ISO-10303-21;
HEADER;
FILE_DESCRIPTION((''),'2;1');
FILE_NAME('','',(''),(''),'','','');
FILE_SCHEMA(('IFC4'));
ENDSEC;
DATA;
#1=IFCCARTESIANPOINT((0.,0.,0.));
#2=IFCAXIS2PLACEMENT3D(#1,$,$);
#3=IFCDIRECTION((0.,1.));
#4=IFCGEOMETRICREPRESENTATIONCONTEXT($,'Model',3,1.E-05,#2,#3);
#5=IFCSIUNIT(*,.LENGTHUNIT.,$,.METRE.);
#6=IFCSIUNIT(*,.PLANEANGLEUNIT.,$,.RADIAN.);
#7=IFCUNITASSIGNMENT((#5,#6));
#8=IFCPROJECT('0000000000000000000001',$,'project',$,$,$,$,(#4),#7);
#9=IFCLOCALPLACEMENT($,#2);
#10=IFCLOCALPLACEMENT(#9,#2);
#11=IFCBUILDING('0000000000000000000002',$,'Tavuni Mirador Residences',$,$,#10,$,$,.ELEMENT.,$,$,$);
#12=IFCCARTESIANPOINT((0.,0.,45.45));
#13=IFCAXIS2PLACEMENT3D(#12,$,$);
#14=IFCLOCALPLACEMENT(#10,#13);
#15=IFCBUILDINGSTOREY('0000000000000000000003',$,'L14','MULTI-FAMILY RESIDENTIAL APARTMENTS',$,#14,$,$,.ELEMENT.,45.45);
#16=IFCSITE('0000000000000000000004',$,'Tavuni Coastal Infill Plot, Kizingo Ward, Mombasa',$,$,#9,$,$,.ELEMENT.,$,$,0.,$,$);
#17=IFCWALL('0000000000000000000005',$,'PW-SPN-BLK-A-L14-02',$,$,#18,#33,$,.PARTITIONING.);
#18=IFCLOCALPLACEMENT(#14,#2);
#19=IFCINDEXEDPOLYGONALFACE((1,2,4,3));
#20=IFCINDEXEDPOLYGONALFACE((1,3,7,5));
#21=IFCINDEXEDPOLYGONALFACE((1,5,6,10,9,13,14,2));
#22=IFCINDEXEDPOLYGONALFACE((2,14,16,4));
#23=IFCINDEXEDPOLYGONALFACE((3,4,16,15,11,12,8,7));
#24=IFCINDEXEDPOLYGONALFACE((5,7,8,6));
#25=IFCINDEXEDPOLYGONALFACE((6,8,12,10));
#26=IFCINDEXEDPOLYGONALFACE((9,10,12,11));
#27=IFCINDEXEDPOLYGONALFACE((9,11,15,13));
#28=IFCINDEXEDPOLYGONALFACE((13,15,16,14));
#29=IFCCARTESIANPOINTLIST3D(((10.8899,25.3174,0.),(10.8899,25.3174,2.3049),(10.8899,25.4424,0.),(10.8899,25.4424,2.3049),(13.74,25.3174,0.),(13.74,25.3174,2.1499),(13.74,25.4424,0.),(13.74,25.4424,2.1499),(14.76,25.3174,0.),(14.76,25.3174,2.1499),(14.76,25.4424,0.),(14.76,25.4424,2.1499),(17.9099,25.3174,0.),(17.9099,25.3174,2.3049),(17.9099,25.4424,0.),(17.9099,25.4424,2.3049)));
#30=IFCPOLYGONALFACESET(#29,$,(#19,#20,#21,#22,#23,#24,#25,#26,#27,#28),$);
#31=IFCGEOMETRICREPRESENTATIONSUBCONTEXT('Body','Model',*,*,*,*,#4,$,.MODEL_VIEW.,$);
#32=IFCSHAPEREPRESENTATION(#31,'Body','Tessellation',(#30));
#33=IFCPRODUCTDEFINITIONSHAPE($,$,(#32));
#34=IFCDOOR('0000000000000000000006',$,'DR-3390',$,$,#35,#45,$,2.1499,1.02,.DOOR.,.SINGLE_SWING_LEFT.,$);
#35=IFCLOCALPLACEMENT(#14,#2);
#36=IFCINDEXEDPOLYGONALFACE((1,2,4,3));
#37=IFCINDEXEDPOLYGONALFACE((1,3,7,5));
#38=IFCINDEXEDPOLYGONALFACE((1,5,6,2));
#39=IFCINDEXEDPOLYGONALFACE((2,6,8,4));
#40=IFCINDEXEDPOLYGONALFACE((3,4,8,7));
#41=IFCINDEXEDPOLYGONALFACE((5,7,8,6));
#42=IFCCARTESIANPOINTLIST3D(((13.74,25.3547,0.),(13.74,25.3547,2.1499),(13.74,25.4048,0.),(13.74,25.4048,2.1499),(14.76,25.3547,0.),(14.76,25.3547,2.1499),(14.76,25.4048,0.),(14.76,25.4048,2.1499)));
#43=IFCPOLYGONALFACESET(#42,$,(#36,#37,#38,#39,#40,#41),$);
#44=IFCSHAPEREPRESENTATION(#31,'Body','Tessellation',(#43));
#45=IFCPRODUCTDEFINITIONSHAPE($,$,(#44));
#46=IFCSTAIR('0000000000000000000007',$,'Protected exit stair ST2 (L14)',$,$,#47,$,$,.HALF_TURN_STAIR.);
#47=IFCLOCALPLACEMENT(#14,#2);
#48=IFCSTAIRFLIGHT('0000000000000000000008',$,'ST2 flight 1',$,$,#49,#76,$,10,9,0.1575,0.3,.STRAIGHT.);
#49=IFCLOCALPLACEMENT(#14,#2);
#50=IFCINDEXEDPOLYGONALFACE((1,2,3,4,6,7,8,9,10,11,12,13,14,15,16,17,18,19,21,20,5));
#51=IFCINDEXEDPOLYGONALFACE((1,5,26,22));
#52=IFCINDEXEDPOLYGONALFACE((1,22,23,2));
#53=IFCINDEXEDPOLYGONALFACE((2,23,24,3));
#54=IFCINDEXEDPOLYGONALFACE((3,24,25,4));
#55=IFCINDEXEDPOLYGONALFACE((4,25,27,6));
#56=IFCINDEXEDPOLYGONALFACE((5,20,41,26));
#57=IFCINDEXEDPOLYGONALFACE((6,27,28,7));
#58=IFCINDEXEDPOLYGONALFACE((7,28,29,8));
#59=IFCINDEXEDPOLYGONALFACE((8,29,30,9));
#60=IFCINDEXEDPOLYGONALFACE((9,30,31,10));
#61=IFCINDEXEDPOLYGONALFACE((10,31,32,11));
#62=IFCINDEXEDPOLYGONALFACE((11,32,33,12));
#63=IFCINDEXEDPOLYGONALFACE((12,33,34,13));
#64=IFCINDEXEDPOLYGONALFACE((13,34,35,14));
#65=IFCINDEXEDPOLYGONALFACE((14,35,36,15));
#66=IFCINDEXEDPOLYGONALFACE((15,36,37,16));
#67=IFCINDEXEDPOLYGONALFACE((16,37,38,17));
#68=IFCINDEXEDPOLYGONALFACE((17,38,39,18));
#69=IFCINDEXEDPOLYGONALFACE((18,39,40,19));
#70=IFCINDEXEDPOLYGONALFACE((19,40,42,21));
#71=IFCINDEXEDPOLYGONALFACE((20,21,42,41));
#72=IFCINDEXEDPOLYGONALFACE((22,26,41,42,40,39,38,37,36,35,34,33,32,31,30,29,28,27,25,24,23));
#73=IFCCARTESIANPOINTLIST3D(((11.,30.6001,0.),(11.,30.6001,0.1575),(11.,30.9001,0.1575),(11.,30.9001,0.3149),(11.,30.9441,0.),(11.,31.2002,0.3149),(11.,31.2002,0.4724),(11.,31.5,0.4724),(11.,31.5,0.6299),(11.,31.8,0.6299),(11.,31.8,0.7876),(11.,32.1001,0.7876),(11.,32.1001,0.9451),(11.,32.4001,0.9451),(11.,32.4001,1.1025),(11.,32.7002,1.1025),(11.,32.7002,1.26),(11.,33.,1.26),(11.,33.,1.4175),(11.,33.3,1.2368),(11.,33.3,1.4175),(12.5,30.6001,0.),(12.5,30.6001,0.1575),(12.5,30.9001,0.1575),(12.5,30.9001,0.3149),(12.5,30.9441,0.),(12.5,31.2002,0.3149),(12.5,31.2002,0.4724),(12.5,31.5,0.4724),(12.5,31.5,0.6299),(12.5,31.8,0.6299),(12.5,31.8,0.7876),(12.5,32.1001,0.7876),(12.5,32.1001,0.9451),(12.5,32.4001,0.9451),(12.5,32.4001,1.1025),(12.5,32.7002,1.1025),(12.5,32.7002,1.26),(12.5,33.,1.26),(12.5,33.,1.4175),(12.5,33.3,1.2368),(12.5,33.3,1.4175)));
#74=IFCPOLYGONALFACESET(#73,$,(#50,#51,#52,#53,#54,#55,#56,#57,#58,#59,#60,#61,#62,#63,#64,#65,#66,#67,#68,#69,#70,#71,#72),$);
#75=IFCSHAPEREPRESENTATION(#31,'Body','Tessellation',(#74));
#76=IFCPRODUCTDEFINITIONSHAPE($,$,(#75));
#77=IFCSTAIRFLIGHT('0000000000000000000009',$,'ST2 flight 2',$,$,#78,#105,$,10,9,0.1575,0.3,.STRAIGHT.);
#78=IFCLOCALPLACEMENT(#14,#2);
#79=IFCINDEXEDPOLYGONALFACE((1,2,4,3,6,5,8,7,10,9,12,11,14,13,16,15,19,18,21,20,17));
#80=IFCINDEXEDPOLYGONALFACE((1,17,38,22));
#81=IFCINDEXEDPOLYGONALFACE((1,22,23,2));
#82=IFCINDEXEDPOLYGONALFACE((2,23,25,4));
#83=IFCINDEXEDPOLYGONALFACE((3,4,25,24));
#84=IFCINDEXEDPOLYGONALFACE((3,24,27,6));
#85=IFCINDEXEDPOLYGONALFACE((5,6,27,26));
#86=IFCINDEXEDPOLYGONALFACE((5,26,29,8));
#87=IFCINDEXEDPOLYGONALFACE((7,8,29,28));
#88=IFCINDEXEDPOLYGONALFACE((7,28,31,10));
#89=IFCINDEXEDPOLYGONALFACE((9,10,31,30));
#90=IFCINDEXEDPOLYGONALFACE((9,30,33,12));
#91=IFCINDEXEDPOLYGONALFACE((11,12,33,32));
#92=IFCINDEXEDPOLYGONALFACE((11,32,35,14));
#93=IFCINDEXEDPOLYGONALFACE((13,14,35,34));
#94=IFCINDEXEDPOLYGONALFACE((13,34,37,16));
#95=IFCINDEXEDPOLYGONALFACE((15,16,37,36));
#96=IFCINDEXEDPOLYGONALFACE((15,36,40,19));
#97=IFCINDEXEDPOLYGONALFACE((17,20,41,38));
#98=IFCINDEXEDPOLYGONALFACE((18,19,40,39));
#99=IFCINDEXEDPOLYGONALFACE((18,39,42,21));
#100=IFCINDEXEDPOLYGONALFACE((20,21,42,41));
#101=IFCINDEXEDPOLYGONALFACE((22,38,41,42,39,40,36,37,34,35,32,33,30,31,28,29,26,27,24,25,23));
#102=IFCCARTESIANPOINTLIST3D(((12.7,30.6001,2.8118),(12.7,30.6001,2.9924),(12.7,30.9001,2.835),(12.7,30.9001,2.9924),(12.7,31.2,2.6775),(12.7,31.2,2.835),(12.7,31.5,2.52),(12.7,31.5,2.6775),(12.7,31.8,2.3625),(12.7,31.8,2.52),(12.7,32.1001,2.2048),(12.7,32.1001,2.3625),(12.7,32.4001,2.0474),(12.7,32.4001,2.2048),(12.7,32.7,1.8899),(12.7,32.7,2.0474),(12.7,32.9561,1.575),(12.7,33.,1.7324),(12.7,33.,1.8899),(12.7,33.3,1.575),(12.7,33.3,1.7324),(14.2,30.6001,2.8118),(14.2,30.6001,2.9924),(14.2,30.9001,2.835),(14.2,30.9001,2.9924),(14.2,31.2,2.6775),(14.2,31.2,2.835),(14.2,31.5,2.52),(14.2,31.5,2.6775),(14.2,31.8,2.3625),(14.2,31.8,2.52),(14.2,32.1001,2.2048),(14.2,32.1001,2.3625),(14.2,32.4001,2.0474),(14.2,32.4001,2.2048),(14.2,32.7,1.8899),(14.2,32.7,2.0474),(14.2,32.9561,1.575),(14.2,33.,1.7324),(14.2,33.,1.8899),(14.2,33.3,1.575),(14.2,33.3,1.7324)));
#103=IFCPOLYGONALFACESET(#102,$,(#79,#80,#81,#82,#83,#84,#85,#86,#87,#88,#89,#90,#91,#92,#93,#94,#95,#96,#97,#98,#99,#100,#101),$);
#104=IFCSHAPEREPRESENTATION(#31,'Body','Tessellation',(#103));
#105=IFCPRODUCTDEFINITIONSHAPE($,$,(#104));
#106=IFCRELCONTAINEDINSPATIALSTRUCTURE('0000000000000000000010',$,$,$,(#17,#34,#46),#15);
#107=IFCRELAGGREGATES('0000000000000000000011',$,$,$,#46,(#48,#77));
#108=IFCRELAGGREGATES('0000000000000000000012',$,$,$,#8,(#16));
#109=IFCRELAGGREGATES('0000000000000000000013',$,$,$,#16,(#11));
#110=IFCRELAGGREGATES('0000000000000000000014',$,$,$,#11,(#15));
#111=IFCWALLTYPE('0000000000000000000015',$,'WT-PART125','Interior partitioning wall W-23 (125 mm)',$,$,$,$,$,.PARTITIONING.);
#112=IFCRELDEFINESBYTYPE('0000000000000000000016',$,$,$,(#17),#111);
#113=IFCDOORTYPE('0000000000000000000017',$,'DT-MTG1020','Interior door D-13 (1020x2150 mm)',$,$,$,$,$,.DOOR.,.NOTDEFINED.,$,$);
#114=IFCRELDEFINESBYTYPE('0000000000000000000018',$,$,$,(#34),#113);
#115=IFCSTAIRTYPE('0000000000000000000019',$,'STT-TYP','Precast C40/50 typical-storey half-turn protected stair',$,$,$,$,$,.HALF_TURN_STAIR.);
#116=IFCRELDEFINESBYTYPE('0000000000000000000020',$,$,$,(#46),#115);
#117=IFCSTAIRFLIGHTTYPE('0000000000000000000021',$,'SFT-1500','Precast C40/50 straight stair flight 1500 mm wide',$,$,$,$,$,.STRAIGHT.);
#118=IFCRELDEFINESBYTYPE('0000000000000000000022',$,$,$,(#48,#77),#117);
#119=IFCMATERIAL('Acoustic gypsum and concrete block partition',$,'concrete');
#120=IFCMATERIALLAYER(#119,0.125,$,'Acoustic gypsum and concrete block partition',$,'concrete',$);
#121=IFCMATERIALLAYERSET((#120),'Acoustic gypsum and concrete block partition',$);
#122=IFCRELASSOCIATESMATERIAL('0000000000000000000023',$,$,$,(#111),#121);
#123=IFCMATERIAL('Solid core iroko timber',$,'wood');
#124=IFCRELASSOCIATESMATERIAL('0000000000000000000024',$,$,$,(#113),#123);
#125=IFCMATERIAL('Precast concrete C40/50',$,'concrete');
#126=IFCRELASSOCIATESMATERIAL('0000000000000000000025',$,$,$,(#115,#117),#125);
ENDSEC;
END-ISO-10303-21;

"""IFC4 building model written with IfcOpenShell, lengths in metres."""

from ifc_helpers import new_model, si_unit, direction, frame, frame_2d, origin, place, context, subcontext, project, spatial, polyline, rectangle, outline, extrude, material, layer, layer_set, type_object, element, fill, aggregate, save


model = new_model("IFC4")

# Units and contexts
model_context = context("Model", 3, precision=1e-05, world=origin(), true_north=direction((0.0, 1.0)))
body_context = subcontext(model_context, "Body", "Model", "MODEL_VIEW")
ifc_project = project(units=[si_unit("LENGTHUNIT", "METRE"), si_unit("PLANEANGLEUNIT", "RADIAN")], contexts=[model_context])

# Site, building, storey
site_placement = place(None, origin())
site = spatial("IfcSite", under=ifc_project, at=site_placement, Name="Tavuni Coastal Infill Plot, Kizingo Ward, Mombasa", CompositionType="ELEMENT", RefElevation=0.0)
building_placement = place(site_placement, origin())
building = spatial("IfcBuilding", under=site, at=building_placement, Name="Tavuni Mirador Residences", CompositionType="ELEMENT")
storey_placement = place(building_placement, frame((0.0, 0.0, 45.45)))
storey = spatial("IfcBuildingStorey", under=building, at=storey_placement, Name="L14", Description="MULTI-FAMILY RESIDENTIAL APARTMENTS", CompositionType="ELEMENT", Elevation=45.45)

# Shared definitions
ifc_material_1 = material(Name="Precast concrete C40/50", Category="concrete")

# Shared definitions
ifc_material_2 = material(Name="Solid core iroko timber", Category="wood")

# Wall, opening, door
ifc_material_3 = material(Name="Acoustic gypsum and concrete block partition", Category="concrete")
ifc_layer_1 = layer(ifc_material_3, 0.125, Name="Acoustic gypsum and concrete block partition", Category="concrete")
ifc_layer_set_1 = layer_set([ifc_layer_1], Name="Acoustic gypsum and concrete block partition")
wall_type_1 = type_object("IfcWallType", Name="WT-PART125", Description="Interior partitioning wall W-23 (125 mm)", PredefinedType="PARTITIONING", material=ifc_layer_set_1)
wall_1_placement = place(storey_placement, frame((10.8899, 25.3799, 0.0), z_axis=(0.0, 0.0, 1.0), x_axis=(1.0, 0.0, 0.0)))
wall_1 = element("IfcWall", 1, at=wall_1_placement, inside=storey, type_object=wall_type_1, Name="PW-SPN-BLK-A-L14-02", PredefinedType="PARTITIONING", context=body_context, shape_type="SweptSolid", body=[
    extrude(rectangle(XDim=7.02, YDim=0.125, at=frame_2d((3.51, 0.0))), origin(), (0.0, 0.0, 1.0), 2.3049),
])
opening_1_placement = place(wall_1_placement, frame((2.8501, 0.0, 0.0)))
opening_1 = element("IfcOpeningElement", 2, at=opening_1_placement, cuts=wall_1, PredefinedType="OPENING", context=body_context, shape_type="SweptSolid", body=[
    extrude(rectangle(XDim=1.02, YDim=2.1499, at=frame_2d((0.51, 1.075))), frame((0.0, 0.0725, 0.0), z_axis=(0.0, -1.0, 0.0), x_axis=(1.0, 0.0, 0.0)), (0.0, 0.0, 1.0), 0.145),
])
door_type_1 = type_object("IfcDoorType", Name="DT-MTG1020", Description="Interior door D-13 (1020x2150 mm)", OperationType="NOTDEFINED", PredefinedType="DOOR", material=ifc_material_2)
door_1_placement = place(opening_1_placement, origin())
door_1 = element("IfcDoor", 3, at=door_1_placement, inside=storey, type_object=door_type_1, Name="DR-3390", OperationType="SINGLE_SWING_LEFT", OverallHeight=2.1499, OverallWidth=1.02, PredefinedType="DOOR", context=body_context, shape_type="SweptSolid", body=[
    extrude(rectangle(XDim=1.02, YDim=2.1499, at=frame_2d((0.51, 1.075))), frame((0.0, 0.0249, 0.0), z_axis=(0.0, -1.0, 0.0), x_axis=(1.0, 0.0, 0.0)), (0.0, 0.0, 1.0), 0.05),
])
fill(opening_1, door_1)

# Stair, stair flights
stair_type = type_object("IfcStairType", Name="STT-TYP", Description="Precast C40/50 typical-storey half-turn protected stair", PredefinedType="HALF_TURN_STAIR", material=ifc_material_1)
stair_placement = place(storey_placement, origin())
stair = element("IfcStair", 4, at=stair_placement, inside=storey, type_object=stair_type, Name="Protected exit stair ST2 (L14)", PredefinedType="HALF_TURN_STAIR")
stair_flight_type = type_object("IfcStairFlightType", Name="SFT-1500", Description="Precast C40/50 straight stair flight 1500 mm wide", PredefinedType="STRAIGHT", material=ifc_material_1)
stair_flight_1_placement = place(storey_placement, frame((11.75, 30.6001, 0.0), z_axis=(0.0, 0.0, 1.0), x_axis=(0.0, 1.0, 0.0)))
stair_flight_1 = element("IfcStairFlight", 5, at=stair_flight_1_placement, type_object=stair_flight_type, Name="ST2 flight 1", NumberOfRisers=10, NumberOfTreads=9, PredefinedType="STRAIGHT", RiserHeight=0.1575, TreadLength=0.3, context=body_context, shape_type="SweptSolid", body=[
    extrude(outline(polyline([(0.0, 0.0), (0.0, 0.1575), (0.3, 0.1575), (0.3, 0.3149), (0.6001, 0.3149), (0.6001, 0.4724), (0.8999, 0.4724), (0.8999, 0.6299), (1.2, 0.6299), (1.2, 0.7876), (1.5, 0.7876), (1.5, 0.9451), (1.8, 0.9451), (1.8, 1.1025), (2.1001, 1.1025), (2.1001, 1.26), (2.3999, 1.26), (2.3999, 1.4175), (2.7, 1.4175), (2.7, 1.575), (2.7, 1.2368), (0.344, 0.0), (0.0, 0.0)])), frame((0.0, 0.75, 0.0), z_axis=(0.0, -1.0, 0.0), x_axis=(1.0, 0.0, 0.0)), (0.0, 0.0, 1.0), 1.5),
])
stair_flight_2_placement = place(storey_placement, frame((13.45, 33.3, 1.575), z_axis=(0.0, 0.0, 1.0), x_axis=(0.0, -1.0, 0.0)))
stair_flight_2 = element("IfcStairFlight", 6, at=stair_flight_2_placement, type_object=stair_flight_type, Name="ST2 flight 2", NumberOfRisers=10, NumberOfTreads=9, PredefinedType="STRAIGHT", RiserHeight=0.1575, TreadLength=0.3, context=body_context, shape_type="SweptSolid", body=[
    extrude(outline(polyline([(0.0, 0.0), (0.0, 0.1575), (0.3, 0.1575), (0.3, 0.3149), (0.6001, 0.3149), (0.6001, 0.4724), (0.8999, 0.4724), (0.8999, 0.6299), (1.2, 0.6299), (1.2, 0.7876), (1.5, 0.7876), (1.5, 0.9451), (1.8, 0.9451), (1.8, 1.1025), (2.1001, 1.1025), (2.1001, 1.26), (2.3999, 1.26), (2.3999, 1.4175), (2.7, 1.4175), (2.7, 1.575), (2.7, 1.2368), (0.344, 0.0), (0.0, 0.0)])), frame((0.0, 0.75, 0.0), z_axis=(0.0, -1.0, 0.0), x_axis=(1.0, 0.0, 0.0)), (0.0, 0.0, 1.0), 1.5),
])
aggregate(stair, [stair_flight_1, stair_flight_2])

save(model, "model.ifc")
